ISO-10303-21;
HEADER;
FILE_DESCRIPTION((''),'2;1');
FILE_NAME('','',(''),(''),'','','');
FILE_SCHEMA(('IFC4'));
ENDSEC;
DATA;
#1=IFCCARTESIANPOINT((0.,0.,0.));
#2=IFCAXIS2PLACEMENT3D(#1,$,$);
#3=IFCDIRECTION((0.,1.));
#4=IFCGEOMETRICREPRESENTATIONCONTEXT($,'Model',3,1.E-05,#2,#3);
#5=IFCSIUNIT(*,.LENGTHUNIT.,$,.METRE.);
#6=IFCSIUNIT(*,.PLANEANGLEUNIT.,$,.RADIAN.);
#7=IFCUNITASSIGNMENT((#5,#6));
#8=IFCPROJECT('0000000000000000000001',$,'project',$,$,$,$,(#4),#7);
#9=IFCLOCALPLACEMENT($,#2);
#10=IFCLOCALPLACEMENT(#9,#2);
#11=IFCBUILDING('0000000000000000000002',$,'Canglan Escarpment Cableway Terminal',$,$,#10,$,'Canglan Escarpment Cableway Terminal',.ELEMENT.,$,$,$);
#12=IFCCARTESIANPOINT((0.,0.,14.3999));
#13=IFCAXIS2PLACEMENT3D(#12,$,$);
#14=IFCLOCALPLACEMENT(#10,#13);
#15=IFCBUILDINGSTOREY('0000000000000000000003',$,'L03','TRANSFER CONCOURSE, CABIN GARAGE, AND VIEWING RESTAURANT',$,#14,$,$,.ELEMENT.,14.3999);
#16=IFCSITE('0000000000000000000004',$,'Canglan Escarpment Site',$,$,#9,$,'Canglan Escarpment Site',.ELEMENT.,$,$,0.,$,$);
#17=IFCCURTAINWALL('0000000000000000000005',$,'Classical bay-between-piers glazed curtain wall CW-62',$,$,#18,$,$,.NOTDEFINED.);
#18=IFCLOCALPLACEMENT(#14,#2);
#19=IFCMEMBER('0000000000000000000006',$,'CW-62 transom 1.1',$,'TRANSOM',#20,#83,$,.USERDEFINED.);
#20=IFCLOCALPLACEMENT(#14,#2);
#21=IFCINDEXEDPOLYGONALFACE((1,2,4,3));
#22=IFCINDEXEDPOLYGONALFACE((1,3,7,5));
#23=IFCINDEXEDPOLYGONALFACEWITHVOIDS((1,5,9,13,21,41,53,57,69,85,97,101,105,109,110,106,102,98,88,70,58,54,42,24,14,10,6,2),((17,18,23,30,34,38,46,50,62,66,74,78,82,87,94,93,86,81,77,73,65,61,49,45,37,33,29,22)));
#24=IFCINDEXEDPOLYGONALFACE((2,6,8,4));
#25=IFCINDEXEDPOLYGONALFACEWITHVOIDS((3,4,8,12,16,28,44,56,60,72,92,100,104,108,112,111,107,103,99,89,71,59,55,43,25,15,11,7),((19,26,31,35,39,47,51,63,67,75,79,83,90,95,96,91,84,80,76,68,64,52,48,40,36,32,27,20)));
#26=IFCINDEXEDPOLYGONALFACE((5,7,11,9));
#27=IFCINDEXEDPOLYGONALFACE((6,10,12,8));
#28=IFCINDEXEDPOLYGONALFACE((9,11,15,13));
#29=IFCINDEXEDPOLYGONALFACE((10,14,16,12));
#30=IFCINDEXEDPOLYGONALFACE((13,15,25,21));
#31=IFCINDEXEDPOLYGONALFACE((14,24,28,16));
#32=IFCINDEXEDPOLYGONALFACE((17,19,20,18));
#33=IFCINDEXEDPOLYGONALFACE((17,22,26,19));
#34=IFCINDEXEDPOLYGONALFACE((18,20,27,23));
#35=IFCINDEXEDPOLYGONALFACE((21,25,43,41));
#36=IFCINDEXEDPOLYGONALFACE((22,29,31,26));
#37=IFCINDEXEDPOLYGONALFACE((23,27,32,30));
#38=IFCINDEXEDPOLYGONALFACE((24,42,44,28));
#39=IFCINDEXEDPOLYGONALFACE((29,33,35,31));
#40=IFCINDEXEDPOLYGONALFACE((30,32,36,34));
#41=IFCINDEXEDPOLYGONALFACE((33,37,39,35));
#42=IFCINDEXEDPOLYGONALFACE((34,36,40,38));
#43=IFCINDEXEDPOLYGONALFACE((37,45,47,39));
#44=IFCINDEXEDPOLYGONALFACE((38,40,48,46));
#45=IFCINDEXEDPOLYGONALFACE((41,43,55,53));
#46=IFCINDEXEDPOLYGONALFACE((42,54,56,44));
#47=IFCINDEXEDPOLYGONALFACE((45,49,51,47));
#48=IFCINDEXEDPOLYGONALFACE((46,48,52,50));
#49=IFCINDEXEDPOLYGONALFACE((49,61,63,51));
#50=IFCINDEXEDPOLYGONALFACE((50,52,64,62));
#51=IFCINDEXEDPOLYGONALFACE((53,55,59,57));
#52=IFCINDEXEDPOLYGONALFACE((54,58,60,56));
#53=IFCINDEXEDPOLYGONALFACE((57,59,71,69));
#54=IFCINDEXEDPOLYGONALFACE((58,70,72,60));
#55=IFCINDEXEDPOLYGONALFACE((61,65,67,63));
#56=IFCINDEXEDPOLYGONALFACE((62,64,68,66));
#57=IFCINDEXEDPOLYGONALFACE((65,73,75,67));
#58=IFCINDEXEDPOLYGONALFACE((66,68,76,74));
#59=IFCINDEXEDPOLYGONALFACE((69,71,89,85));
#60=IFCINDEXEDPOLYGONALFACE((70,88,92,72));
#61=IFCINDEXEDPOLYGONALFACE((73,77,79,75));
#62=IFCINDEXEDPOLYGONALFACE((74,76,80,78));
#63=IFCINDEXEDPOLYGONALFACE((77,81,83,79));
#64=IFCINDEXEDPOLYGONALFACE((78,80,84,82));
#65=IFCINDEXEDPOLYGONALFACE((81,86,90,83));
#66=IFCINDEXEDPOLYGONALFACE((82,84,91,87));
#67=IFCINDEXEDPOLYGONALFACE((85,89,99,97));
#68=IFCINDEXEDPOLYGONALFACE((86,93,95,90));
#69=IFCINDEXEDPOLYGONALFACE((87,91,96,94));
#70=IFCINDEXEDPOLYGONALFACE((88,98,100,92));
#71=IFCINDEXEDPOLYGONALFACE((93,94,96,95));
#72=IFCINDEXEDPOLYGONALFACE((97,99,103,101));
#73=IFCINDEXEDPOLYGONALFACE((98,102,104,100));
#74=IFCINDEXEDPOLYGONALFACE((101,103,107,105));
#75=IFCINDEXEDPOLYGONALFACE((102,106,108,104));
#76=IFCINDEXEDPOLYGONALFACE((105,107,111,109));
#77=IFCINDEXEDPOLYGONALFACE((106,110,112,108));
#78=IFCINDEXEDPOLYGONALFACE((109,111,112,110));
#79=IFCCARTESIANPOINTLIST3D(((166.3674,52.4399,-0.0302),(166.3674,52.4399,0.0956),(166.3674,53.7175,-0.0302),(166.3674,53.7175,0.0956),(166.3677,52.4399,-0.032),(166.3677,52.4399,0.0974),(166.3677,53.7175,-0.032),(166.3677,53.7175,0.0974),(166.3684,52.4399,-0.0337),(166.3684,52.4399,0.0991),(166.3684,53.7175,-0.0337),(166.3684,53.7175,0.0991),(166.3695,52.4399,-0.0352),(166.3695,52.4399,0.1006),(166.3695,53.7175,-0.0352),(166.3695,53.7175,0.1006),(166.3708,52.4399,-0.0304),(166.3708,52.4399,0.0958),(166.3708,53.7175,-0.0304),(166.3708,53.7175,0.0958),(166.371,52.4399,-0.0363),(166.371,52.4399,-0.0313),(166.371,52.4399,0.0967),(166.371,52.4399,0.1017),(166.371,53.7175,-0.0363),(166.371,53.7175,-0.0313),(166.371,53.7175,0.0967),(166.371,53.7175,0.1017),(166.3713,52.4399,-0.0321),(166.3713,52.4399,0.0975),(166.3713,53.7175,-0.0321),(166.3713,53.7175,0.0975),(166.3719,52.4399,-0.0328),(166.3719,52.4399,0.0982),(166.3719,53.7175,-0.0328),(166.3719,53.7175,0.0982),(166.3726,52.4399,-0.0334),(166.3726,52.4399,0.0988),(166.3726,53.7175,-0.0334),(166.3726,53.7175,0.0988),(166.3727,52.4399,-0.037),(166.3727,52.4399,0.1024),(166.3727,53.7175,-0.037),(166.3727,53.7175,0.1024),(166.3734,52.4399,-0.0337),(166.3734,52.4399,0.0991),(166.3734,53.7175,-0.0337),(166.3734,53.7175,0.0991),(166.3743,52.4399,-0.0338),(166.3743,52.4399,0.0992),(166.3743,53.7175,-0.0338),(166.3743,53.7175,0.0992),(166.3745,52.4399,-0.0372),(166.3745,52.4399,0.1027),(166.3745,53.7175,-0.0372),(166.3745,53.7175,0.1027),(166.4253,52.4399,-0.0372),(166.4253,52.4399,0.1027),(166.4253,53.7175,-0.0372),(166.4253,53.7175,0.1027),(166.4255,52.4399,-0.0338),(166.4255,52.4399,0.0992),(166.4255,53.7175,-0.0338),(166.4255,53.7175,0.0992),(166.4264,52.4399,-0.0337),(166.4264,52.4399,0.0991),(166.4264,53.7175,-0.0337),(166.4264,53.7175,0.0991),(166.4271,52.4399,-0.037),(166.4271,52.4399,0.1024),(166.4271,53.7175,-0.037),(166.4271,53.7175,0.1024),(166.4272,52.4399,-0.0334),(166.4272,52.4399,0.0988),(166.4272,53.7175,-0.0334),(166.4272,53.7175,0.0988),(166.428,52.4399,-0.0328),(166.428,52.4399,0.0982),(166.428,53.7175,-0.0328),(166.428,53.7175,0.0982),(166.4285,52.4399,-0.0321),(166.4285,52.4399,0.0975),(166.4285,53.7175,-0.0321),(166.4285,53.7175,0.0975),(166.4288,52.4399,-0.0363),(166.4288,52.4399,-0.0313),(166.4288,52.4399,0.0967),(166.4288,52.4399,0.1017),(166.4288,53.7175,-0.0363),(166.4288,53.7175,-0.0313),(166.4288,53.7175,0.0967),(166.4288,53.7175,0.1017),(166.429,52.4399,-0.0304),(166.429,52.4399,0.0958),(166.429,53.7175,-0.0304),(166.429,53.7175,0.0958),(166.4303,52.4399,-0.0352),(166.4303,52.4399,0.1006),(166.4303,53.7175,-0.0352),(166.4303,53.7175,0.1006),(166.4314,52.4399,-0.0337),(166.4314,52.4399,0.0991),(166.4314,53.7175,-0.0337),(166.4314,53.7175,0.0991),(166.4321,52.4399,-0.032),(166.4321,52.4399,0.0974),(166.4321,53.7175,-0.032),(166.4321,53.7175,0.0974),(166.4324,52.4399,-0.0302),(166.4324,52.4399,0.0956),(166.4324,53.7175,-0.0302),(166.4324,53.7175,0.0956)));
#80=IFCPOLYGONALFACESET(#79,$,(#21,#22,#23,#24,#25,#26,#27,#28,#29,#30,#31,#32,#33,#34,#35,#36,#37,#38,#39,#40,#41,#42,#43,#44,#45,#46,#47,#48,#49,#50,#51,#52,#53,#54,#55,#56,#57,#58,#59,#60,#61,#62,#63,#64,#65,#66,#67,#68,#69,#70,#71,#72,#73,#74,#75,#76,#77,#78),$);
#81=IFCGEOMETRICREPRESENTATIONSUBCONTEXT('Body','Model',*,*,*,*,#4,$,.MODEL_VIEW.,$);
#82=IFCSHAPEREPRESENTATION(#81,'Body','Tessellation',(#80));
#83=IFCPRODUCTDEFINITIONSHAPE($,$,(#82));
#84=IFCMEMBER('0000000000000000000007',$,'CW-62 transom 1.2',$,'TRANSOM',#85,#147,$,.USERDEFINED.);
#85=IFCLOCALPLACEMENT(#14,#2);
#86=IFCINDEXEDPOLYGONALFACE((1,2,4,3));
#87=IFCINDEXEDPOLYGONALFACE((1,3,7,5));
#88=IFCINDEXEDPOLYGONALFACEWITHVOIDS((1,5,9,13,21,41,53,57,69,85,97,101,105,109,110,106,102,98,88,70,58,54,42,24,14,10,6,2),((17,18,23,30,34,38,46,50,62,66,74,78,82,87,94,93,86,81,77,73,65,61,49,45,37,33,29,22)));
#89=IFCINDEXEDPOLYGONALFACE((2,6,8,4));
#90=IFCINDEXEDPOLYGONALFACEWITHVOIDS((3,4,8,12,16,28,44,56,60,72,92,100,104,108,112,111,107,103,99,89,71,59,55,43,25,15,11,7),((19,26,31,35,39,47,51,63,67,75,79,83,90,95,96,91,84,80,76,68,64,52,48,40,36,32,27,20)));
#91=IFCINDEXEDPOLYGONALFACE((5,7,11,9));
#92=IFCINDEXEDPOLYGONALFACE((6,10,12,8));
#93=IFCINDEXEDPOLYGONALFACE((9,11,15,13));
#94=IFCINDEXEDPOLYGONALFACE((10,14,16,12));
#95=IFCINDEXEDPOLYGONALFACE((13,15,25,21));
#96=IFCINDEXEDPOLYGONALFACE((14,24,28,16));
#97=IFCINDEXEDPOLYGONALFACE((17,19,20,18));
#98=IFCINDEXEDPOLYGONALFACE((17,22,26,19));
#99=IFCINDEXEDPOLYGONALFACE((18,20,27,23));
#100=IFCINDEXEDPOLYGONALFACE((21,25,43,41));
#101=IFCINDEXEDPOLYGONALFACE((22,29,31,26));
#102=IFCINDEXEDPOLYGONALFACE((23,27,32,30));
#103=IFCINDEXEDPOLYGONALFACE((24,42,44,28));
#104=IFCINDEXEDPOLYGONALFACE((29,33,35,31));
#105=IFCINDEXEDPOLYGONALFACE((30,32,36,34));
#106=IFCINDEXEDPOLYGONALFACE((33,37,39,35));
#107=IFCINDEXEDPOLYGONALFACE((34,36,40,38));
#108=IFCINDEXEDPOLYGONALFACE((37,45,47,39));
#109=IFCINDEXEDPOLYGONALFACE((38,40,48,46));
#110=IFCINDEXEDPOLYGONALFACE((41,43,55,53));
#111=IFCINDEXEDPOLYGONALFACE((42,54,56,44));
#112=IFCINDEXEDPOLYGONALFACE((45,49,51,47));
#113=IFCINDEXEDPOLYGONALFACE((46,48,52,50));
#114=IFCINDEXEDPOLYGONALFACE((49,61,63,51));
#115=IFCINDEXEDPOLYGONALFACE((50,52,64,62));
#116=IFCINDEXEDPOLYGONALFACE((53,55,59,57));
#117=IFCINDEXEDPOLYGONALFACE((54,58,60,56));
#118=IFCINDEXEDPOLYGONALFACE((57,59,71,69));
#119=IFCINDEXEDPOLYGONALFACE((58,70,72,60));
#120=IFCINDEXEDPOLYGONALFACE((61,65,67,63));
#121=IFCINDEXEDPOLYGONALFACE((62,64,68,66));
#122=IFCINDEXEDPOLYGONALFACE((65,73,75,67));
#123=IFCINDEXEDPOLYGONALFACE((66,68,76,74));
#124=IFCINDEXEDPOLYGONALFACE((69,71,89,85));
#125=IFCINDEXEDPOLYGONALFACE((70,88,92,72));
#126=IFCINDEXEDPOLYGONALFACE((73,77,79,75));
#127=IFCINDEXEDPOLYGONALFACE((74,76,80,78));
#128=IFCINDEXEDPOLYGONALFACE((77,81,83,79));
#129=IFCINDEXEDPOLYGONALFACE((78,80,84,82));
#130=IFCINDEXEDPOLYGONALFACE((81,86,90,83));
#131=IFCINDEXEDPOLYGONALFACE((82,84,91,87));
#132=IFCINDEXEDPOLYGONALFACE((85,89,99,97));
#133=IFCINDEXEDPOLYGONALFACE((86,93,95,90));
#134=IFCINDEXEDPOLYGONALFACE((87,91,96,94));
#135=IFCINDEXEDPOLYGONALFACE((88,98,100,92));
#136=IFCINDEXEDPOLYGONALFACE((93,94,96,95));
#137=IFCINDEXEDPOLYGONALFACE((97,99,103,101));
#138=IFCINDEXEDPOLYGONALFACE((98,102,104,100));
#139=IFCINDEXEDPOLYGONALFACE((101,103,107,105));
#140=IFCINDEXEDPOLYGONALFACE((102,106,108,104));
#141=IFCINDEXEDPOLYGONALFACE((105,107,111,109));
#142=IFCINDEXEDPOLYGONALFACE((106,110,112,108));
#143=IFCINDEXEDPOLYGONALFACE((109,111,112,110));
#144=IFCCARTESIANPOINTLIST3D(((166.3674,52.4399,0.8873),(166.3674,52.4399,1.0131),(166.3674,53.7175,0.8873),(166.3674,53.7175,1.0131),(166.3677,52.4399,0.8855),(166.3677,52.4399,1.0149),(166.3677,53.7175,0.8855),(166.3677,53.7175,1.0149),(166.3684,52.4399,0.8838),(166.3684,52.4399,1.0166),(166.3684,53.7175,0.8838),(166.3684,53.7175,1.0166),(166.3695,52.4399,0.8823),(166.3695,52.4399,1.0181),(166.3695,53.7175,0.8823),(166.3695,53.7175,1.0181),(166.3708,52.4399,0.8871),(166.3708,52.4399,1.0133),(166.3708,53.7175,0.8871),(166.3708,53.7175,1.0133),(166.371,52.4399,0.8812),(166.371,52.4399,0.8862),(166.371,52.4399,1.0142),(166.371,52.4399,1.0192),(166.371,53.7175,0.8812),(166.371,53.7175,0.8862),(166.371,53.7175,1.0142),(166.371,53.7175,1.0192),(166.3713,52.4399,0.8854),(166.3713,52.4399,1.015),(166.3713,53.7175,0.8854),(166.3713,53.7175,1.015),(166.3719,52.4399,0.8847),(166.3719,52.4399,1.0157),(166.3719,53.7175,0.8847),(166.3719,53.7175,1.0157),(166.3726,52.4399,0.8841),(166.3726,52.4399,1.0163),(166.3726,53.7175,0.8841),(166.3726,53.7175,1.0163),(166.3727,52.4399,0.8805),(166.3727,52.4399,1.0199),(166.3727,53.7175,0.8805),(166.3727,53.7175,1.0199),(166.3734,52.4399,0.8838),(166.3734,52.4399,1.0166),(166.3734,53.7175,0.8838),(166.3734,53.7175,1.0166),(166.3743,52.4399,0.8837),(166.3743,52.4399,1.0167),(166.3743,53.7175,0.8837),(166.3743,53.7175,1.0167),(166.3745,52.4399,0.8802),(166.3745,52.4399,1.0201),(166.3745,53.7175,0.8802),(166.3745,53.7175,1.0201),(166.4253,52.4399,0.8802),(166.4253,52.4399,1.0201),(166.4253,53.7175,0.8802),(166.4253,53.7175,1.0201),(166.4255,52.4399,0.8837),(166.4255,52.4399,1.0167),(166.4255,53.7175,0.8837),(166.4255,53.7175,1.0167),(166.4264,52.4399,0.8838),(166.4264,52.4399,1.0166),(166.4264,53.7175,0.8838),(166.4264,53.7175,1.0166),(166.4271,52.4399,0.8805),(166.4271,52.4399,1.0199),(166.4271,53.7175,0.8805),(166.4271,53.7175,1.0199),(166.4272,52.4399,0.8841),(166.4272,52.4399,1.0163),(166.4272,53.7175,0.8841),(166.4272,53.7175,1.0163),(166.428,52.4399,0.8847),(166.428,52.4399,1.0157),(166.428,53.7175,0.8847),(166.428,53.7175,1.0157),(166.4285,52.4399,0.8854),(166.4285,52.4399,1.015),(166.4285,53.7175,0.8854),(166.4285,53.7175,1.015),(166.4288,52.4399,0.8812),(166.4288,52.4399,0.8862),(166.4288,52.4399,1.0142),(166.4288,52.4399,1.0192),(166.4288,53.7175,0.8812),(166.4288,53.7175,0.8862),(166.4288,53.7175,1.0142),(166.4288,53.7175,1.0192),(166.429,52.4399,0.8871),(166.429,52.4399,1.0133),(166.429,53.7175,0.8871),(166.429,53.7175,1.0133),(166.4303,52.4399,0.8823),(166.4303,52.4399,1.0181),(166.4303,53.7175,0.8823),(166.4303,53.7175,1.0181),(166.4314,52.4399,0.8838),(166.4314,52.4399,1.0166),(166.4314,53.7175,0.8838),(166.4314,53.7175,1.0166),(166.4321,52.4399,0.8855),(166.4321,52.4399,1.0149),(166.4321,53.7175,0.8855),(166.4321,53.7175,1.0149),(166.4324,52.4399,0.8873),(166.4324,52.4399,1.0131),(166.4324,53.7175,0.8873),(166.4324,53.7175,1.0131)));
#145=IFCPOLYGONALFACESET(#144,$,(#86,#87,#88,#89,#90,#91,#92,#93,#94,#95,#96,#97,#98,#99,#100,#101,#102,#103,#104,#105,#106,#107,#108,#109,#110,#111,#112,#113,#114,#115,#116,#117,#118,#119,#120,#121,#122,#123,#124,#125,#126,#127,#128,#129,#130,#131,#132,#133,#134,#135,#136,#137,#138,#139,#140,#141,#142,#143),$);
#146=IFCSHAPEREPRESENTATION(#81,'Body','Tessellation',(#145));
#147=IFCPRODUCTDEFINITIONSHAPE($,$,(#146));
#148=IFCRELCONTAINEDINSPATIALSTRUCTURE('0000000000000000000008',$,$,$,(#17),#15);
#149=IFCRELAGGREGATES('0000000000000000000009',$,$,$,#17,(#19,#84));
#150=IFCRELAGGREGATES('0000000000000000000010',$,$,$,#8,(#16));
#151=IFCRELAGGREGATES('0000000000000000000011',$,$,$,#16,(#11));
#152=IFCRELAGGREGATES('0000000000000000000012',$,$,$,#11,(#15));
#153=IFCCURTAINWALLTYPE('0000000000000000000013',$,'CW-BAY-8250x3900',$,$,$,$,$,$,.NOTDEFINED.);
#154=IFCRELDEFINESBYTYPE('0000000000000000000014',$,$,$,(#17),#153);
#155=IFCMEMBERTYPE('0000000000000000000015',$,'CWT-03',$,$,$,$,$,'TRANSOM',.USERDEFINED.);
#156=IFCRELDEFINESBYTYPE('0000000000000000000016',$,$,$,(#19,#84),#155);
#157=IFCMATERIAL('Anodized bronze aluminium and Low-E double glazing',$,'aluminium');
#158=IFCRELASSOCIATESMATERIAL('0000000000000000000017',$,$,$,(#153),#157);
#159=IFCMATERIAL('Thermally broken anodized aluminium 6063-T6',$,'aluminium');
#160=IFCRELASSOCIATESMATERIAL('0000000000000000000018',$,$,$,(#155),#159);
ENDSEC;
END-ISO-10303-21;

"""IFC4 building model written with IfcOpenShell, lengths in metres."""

from ifc_helpers import new_model, si_unit, direction, frame, origin, origin_2d, place, context, subcontext, project, spatial, hollow_rectangle, extrude, material, material_profile, profile_set, type_object, element, aggregate, save


model = new_model("IFC4")

# Units and contexts
model_context = context("Model", 3, precision=1e-05, world=origin(), true_north=direction((0.0, 1.0)))
body_context = subcontext(model_context, "Body", "Model", "MODEL_VIEW")
ifc_project = project(units=[si_unit("LENGTHUNIT", "METRE"), si_unit("PLANEANGLEUNIT", "RADIAN")], contexts=[model_context])

# Site, building, storey
site_placement = place(None, origin())
site = spatial("IfcSite", under=ifc_project, at=site_placement, Name="Canglan Escarpment Site", LongName="Canglan Escarpment Site", CompositionType="ELEMENT", RefElevation=0.0)
building_placement = place(site_placement, origin())
building = spatial("IfcBuilding", under=site, at=building_placement, Name="Canglan Escarpment Cableway Terminal", LongName="Canglan Escarpment Cableway Terminal", CompositionType="ELEMENT")
storey_placement = place(building_placement, frame((0.0, 0.0, 14.3999)))
storey = spatial("IfcBuildingStorey", under=building, at=storey_placement, Name="L03", Description="TRANSFER CONCOURSE, CABIN GARAGE, AND VIEWING RESTAURANT", CompositionType="ELEMENT", Elevation=14.3999)

# Shared definitions
ifc_material_1 = material(Name="Anodized bronze aluminium and Low-E double glazing", Category="aluminium")
curtain_wall_type = type_object("IfcCurtainWallType", Name="CW-BAY-8250x3900", PredefinedType="NOTDEFINED", material=ifc_material_1)
ifc_material_2 = material(Name="Thermally broken anodized aluminium 6063-T6", Category="aluminium")

# Curtain wall
curtain_wall_1_placement = place(storey_placement, origin())
curtain_wall_1 = element("IfcCurtainWall", 1, at=curtain_wall_1_placement, inside=storey, type_object=curtain_wall_type, Name="Classical bay-between-piers glazed curtain wall CW-62", PredefinedType="NOTDEFINED")

# Members
ifc_material_profile_1 = material_profile(ifc_material_2, hollow_rectangle(XDim=0.0649, YDim=0.1399, WallThickness=0.0034, InnerFilletRadius=0.0034, OuterFilletRadius=0.0071, at=origin_2d()), Name="ALU-TRAN 65x140x3.5")
ifc_profile_set_1 = profile_set([ifc_material_profile_1], Name="Thermally broken anodized aluminium 6063-T6")
member_type_1 = type_object("IfcMemberType", Name="CWT-03", ElementType="TRANSOM", PredefinedType="USERDEFINED", material=ifc_profile_set_1)
member_1_placement = place(storey_placement, frame((166.3999, 52.4399, 0.0327), z_axis=(0.0, 1.0, 0.0), x_axis=(-1.0, 0.0, 0.0)))
member_1 = element("IfcMember", 2, at=member_1_placement, type_object=member_type_1, Name="CW-62 transom 1.1", ObjectType="TRANSOM", PredefinedType="USERDEFINED", context=body_context, shape_type="SweptSolid", body=[
    extrude(hollow_rectangle(XDim=0.0649, YDim=0.1399, WallThickness=0.0034, InnerFilletRadius=0.0034, OuterFilletRadius=0.0071, at=origin_2d()), origin(), (0.0, 0.0, 1.0), 1.2776),
])
member_2_placement = place(storey_placement, frame((166.3999, 52.4399, 0.9502), z_axis=(0.0, 1.0, 0.0), x_axis=(-1.0, 0.0, 0.0)))
member_2 = element("IfcMember", 3, at=member_2_placement, type_object=member_type_1, Name="CW-62 transom 1.2", ObjectType="TRANSOM", PredefinedType="USERDEFINED", context=body_context, shape_type="SweptSolid", body=[
    extrude(hollow_rectangle(XDim=0.0649, YDim=0.1399, WallThickness=0.0034, InnerFilletRadius=0.0034, OuterFilletRadius=0.0071, at=origin_2d()), origin(), (0.0, 0.0, 1.0), 1.2776),
])

aggregate(curtain_wall_1, [member_1, member_2])

save(model, "model.ifc")
